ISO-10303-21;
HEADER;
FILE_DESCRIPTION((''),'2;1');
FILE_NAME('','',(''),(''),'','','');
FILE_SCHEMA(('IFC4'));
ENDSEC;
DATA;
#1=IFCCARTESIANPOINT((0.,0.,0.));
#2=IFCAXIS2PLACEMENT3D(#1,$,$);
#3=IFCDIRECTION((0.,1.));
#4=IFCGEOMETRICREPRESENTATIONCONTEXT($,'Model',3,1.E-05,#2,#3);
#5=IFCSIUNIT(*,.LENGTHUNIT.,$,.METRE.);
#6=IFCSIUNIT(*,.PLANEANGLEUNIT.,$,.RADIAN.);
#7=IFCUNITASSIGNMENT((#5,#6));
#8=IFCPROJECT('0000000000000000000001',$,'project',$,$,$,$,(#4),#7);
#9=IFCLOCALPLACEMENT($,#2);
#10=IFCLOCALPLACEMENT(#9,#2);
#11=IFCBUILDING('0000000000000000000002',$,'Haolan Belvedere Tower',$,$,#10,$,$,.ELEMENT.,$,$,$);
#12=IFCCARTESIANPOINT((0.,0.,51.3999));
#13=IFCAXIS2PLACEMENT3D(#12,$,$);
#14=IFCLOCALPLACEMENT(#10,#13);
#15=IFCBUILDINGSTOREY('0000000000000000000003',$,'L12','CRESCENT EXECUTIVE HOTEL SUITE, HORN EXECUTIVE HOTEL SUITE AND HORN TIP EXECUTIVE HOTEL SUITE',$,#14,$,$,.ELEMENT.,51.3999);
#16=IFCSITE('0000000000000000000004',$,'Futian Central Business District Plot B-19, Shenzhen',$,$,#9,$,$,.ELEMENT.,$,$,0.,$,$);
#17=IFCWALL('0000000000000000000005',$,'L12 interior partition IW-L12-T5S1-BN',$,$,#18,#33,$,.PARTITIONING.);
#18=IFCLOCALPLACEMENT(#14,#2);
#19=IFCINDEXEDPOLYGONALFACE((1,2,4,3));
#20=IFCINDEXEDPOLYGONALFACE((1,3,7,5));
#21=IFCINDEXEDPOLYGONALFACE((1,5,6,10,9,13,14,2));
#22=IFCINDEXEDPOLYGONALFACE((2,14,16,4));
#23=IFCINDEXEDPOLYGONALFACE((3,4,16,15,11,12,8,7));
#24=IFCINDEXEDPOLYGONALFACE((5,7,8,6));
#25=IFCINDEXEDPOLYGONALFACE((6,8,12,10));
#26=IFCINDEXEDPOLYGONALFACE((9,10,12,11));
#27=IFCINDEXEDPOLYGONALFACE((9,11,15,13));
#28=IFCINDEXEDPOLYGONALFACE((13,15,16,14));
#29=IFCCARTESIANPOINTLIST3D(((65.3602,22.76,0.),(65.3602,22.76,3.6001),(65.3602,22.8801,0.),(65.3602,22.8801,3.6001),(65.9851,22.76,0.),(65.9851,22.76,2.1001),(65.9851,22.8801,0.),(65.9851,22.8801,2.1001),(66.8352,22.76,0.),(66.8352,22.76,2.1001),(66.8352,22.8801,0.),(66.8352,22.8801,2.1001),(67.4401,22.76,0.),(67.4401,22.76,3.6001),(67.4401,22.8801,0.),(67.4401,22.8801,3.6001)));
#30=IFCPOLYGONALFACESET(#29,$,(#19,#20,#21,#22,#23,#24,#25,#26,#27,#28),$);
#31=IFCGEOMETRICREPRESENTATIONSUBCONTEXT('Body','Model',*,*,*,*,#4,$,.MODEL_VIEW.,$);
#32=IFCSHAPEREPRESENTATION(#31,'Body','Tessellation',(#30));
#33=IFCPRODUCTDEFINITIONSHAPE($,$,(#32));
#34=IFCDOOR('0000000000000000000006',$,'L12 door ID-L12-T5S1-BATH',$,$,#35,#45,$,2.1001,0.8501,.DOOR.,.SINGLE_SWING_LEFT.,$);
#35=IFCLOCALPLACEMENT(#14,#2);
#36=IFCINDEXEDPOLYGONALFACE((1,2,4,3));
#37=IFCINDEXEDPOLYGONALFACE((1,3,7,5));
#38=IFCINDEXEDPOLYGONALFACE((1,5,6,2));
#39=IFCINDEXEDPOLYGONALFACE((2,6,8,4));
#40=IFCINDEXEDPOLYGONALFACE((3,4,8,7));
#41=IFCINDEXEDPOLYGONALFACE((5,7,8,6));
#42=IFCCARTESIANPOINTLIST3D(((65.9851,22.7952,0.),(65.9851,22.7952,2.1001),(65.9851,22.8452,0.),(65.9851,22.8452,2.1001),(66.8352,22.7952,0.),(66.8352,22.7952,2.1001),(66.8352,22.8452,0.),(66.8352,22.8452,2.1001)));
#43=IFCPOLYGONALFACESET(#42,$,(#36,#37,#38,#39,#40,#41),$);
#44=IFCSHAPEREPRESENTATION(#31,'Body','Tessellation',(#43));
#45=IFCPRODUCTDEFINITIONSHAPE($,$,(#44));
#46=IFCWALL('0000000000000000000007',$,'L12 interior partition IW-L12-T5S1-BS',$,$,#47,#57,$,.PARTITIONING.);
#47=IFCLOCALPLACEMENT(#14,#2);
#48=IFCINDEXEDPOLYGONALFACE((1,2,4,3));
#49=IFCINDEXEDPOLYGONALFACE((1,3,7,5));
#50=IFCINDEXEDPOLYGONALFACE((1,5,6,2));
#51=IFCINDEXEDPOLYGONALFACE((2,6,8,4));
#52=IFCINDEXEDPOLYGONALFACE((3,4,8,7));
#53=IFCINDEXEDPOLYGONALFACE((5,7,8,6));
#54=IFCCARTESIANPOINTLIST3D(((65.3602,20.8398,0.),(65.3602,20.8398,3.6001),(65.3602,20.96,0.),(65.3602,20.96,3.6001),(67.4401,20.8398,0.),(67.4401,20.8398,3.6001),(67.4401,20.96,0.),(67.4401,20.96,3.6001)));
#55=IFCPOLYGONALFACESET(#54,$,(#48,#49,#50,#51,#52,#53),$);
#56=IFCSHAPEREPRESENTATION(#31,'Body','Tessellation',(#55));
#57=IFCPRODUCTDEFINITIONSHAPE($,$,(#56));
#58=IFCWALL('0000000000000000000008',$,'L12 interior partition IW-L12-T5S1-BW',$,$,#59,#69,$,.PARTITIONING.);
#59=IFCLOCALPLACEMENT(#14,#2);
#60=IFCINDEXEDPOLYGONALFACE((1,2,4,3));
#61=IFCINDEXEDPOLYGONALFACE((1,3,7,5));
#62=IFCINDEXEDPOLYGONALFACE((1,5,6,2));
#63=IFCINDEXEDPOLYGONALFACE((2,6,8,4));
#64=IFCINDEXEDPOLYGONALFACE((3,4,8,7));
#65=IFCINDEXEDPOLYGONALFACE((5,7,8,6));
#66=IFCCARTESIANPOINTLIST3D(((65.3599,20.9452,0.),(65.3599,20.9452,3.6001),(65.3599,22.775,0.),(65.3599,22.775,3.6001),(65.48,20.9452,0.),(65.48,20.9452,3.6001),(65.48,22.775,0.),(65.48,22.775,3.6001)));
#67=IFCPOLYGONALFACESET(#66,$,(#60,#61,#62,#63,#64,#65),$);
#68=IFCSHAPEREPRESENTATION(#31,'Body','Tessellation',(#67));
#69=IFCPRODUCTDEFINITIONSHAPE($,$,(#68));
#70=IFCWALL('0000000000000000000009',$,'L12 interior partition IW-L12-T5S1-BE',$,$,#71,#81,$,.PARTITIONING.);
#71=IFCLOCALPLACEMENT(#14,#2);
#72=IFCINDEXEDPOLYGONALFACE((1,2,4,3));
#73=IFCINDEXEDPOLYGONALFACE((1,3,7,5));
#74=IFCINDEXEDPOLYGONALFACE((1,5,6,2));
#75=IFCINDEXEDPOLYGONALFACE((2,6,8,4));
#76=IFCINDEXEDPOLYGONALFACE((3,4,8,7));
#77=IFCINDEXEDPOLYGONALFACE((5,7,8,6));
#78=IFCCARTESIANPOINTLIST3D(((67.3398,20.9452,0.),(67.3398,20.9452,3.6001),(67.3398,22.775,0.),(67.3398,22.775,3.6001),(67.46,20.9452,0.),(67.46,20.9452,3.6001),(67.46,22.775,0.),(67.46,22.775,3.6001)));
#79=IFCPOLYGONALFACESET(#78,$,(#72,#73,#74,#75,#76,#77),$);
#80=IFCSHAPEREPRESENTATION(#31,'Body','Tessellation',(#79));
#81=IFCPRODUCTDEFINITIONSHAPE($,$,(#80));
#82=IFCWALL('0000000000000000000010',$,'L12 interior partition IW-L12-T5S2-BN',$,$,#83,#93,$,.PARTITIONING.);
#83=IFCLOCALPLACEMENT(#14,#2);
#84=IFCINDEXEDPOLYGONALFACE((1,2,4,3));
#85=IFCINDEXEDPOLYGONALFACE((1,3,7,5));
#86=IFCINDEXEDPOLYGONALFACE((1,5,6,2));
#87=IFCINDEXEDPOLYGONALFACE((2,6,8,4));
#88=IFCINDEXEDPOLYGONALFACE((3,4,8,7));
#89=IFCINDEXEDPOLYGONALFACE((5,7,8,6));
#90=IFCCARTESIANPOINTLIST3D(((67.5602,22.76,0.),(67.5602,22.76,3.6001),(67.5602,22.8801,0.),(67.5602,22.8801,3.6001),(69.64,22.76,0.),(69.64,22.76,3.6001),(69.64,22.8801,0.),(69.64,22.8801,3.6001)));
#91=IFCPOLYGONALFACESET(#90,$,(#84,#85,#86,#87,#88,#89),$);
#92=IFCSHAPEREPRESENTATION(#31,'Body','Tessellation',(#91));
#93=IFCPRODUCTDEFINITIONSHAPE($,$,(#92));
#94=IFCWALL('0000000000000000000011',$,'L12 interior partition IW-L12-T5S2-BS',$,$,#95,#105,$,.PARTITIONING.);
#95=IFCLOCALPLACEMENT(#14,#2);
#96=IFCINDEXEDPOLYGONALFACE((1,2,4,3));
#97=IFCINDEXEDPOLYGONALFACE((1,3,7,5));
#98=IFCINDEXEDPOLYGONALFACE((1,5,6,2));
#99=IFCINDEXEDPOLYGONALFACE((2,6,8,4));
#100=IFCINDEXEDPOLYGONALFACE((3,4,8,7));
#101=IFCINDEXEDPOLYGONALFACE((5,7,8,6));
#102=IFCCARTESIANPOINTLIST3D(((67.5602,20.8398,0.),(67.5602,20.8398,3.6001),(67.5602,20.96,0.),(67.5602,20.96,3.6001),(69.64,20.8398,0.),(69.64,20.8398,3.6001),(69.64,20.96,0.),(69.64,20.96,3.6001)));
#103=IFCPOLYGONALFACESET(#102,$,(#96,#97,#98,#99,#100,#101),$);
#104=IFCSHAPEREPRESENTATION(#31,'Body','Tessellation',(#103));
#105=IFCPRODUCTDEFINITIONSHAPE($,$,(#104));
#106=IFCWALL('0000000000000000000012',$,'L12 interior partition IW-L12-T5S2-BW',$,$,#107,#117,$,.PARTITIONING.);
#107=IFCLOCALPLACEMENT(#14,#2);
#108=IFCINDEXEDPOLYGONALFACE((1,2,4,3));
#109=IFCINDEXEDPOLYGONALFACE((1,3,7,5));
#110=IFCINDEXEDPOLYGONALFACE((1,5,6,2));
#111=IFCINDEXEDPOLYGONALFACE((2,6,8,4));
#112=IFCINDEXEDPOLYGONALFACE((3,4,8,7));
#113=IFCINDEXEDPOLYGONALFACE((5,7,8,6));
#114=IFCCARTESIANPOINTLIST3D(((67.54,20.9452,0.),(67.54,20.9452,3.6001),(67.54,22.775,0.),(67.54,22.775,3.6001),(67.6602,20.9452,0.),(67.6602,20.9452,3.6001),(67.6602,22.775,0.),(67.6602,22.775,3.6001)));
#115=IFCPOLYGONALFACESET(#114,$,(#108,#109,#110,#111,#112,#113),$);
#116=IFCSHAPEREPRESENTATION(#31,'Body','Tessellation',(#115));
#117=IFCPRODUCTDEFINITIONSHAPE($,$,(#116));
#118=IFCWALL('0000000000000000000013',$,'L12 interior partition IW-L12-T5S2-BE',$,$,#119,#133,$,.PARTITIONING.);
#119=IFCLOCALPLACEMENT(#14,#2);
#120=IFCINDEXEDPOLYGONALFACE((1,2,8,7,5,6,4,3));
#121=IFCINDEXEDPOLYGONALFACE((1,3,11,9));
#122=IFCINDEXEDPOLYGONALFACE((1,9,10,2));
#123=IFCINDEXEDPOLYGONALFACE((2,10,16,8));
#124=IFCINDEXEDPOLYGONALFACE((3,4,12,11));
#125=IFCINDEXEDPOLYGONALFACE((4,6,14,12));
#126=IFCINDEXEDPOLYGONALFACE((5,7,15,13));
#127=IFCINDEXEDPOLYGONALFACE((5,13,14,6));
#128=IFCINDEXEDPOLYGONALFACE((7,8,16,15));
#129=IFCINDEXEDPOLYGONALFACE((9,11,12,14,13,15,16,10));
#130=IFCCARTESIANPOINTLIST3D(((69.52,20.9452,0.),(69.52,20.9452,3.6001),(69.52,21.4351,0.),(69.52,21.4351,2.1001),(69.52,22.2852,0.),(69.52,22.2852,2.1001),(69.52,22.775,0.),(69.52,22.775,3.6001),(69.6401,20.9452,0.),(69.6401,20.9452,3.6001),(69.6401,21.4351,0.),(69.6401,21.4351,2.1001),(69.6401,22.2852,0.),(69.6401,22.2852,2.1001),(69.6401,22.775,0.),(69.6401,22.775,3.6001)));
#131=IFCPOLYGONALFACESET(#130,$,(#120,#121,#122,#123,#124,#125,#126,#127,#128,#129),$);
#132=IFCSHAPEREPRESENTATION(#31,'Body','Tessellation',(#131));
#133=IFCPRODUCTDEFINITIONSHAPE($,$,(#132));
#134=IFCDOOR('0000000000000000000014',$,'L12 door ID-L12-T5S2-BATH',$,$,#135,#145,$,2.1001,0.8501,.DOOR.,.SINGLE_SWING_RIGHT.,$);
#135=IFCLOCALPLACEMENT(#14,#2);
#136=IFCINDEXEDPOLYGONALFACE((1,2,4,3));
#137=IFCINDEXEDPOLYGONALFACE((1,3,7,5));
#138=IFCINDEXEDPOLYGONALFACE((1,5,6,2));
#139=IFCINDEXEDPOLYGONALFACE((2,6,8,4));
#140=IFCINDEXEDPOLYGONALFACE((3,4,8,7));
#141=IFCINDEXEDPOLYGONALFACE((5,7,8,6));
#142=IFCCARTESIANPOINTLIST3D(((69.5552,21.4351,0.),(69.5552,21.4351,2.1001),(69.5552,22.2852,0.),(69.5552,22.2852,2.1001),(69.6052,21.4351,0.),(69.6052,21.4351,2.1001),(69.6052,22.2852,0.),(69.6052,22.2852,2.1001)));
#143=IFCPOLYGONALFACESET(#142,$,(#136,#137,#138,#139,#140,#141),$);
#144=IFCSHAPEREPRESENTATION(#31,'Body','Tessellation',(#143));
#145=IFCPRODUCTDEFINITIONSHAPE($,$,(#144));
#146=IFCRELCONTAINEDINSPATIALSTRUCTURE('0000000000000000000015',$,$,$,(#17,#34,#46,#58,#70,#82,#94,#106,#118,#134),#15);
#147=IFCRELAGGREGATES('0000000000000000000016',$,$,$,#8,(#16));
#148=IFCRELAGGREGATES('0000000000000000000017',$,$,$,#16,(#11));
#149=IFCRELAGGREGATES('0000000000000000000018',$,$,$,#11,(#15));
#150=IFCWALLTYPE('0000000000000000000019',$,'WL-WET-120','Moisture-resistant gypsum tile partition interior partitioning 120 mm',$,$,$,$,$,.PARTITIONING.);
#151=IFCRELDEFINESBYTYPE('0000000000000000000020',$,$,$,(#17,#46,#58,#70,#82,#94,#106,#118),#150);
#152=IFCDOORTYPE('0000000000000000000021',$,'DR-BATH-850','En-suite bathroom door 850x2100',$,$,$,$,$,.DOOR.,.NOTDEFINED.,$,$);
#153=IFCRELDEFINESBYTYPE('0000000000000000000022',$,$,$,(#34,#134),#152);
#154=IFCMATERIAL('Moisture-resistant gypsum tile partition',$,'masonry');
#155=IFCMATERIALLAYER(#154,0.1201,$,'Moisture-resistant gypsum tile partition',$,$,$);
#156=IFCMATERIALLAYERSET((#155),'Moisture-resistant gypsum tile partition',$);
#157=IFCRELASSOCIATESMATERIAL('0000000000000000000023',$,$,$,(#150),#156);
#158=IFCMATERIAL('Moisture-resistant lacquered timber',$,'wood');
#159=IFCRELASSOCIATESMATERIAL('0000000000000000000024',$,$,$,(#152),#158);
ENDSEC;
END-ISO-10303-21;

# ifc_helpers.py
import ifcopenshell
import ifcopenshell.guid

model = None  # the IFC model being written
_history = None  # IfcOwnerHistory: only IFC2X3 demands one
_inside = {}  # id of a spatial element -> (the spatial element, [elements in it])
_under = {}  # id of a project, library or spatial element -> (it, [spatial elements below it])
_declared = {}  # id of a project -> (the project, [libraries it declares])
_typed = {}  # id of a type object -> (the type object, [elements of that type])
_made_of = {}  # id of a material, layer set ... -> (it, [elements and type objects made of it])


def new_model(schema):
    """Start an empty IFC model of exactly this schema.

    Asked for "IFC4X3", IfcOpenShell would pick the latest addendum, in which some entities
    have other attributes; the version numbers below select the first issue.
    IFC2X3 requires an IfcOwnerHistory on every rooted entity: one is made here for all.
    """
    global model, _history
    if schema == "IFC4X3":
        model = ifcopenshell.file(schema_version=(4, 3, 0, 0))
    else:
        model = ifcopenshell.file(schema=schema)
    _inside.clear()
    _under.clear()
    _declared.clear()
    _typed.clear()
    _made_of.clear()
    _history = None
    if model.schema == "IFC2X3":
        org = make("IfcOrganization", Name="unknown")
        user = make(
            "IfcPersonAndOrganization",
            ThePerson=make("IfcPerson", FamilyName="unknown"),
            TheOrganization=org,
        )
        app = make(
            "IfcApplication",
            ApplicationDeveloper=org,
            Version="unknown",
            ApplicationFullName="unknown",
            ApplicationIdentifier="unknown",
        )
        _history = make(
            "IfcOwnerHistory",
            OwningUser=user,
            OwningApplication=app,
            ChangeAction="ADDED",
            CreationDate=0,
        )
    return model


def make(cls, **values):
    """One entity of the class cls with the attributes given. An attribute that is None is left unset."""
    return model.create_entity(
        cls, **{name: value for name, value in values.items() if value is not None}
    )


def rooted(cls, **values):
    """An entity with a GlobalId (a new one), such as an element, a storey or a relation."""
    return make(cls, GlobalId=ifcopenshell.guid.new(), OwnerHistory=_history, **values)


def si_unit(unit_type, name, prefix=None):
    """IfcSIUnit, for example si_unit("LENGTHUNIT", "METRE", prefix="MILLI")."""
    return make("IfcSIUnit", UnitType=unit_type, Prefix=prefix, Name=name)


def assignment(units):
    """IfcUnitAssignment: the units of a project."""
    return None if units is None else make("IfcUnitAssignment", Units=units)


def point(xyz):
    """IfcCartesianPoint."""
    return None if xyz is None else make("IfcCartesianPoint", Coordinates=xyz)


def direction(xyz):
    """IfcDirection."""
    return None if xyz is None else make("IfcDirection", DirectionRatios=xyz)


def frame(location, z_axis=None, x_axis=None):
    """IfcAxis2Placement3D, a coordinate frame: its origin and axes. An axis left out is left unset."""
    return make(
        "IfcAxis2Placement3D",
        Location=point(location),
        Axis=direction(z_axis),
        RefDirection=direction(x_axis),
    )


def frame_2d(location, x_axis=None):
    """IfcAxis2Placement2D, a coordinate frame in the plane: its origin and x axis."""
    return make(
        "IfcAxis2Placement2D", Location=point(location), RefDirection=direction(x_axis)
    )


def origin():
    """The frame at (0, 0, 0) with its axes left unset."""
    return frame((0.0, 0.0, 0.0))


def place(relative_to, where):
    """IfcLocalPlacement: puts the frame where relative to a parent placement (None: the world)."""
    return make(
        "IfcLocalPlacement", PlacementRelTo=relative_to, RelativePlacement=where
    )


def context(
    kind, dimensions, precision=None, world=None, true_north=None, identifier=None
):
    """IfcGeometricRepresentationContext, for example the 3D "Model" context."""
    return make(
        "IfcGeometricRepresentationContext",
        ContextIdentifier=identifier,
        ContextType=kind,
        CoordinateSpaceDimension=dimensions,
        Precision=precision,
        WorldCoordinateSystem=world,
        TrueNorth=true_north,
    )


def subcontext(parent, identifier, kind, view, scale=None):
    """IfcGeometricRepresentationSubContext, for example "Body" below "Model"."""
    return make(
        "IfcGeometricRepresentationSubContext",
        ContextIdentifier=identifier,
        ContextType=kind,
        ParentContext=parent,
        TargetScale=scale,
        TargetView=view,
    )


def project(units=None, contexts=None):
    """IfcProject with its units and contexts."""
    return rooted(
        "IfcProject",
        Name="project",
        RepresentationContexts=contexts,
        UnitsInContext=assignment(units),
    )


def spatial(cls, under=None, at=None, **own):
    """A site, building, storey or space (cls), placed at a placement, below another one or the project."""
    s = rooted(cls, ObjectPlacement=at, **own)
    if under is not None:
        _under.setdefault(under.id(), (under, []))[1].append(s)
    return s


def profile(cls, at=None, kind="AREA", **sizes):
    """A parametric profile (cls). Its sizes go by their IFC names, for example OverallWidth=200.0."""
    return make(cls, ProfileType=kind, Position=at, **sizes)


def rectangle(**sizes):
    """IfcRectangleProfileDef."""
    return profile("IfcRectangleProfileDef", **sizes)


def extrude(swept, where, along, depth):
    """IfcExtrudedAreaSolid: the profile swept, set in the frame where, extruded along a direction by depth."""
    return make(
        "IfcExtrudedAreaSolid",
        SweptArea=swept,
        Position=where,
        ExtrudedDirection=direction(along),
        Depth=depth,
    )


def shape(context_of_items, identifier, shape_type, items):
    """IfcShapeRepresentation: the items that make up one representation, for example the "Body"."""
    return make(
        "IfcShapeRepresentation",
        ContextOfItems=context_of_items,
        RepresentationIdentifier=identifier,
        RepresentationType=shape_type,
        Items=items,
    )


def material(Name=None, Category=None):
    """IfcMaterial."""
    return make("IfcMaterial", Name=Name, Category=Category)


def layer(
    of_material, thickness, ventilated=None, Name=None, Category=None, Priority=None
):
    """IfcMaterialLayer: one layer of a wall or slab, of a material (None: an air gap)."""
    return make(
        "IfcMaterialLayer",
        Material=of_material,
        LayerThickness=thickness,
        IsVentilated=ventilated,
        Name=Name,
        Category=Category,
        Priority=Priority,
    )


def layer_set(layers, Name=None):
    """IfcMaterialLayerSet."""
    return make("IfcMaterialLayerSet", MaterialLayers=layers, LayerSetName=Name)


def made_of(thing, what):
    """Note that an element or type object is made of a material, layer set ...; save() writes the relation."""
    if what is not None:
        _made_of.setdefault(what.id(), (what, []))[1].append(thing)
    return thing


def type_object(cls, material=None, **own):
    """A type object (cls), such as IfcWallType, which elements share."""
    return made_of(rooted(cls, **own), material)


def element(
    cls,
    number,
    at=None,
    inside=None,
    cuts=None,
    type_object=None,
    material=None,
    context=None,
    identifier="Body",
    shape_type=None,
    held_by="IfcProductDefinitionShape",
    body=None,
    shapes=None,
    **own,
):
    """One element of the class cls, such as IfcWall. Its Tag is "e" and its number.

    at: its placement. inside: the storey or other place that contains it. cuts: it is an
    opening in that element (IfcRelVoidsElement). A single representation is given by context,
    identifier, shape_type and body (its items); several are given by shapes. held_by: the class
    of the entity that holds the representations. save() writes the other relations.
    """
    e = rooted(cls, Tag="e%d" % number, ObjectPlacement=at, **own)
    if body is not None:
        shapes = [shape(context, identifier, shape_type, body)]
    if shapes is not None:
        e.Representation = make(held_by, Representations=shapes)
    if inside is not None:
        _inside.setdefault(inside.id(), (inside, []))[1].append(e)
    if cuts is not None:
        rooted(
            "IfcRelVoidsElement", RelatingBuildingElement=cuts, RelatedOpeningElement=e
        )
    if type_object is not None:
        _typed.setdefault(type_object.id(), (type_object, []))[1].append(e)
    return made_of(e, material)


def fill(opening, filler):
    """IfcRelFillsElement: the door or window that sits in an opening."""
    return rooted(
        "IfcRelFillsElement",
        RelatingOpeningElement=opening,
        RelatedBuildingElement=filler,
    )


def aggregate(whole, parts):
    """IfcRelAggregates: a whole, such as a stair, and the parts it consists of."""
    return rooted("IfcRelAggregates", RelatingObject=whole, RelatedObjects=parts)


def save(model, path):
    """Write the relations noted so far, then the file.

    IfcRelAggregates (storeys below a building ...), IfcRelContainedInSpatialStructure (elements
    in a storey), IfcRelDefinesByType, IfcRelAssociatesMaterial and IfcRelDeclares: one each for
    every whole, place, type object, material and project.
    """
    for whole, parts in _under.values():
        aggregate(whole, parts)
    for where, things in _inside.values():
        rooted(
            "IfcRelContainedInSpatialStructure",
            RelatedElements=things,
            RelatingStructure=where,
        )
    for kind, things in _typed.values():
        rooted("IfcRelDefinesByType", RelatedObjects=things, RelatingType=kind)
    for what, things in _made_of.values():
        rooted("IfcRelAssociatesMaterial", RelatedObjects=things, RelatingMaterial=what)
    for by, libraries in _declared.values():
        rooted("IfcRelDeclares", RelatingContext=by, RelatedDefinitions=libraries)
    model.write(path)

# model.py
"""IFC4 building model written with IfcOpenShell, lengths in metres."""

from ifc_helpers import new_model, si_unit, direction, frame, frame_2d, origin, place, context, subcontext, project, spatial, rectangle, extrude, material, layer, layer_set, type_object, element, fill, save


model = new_model("IFC4")

# Units and contexts
model_context = context("Model", 3, precision=1e-05, world=origin(), true_north=direction((0.0, 1.0)))
body_context = subcontext(model_context, "Body", "Model", "MODEL_VIEW")
ifc_project = project(units=[si_unit("LENGTHUNIT", "METRE"), si_unit("PLANEANGLEUNIT", "RADIAN")], contexts=[model_context])

# Site, building, storey
site_placement = place(None, origin())
site = spatial("IfcSite", under=ifc_project, at=site_placement, Name="Futian Central Business District Plot B-19, Shenzhen", CompositionType="ELEMENT", RefElevation=0.0)
building_placement = place(site_placement, origin())
building = spatial("IfcBuilding", under=site, at=building_placement, Name="Haolan Belvedere Tower", CompositionType="ELEMENT")
storey_placement = place(building_placement, frame((0.0, 0.0, 51.3999)))
storey = spatial("IfcBuildingStorey", under=building, at=storey_placement, Name="L12", Description="CRESCENT EXECUTIVE HOTEL SUITE, HORN EXECUTIVE HOTEL SUITE AND HORN TIP EXECUTIVE HOTEL SUITE", CompositionType="ELEMENT", Elevation=51.3999)

# Wall, opening, door
ifc_material_1 = material(Name="Moisture-resistant gypsum tile partition", Category="masonry")
ifc_layer_1 = layer(ifc_material_1, 0.1201, Name="Moisture-resistant gypsum tile partition")
ifc_layer_set_1 = layer_set([ifc_layer_1], Name="Moisture-resistant gypsum tile partition")
wall_type_1 = type_object("IfcWallType", Name="WL-WET-120", Description="Moisture-resistant gypsum tile partition interior partitioning 120 mm", PredefinedType="PARTITIONING", material=ifc_layer_set_1)
wall_1_placement = place(storey_placement, frame((65.3601, 22.8201, 0.0), z_axis=(0.0, 0.0, 1.0), x_axis=(1.0, 0.0, 0.0)))
wall_1 = element("IfcWall", 1, at=wall_1_placement, inside=storey, type_object=wall_type_1, Name="L12 interior partition IW-L12-T5S1-BN", PredefinedType="PARTITIONING", context=body_context, shape_type="SweptSolid", body=[
    extrude(rectangle(XDim=2.0798, YDim=0.1201, at=frame_2d((1.04, 0.0))), origin(), (0.0, 0.0, 1.0), 3.6001),
])
opening_1_placement = place(wall_1_placement, frame((1.4751, 0.0, 0.0), z_axis=(0.0, 0.0, 1.0), x_axis=(-1.0, 0.0, 0.0)))
opening_1 = element("IfcOpeningElement", 2, at=opening_1_placement, cuts=wall_1, PredefinedType="OPENING", context=body_context, shape_type="SweptSolid", body=[
    extrude(rectangle(XDim=0.8501, YDim=2.1001, at=frame_2d((0.425, 1.05))), frame((0.0, 0.0701, 0.0), z_axis=(0.0, -1.0, 0.0), x_axis=(1.0, 0.0, 0.0)), (0.0, 0.0, 1.0), 0.1401),
])
ifc_material_2 = material(Name="Moisture-resistant lacquered timber", Category="wood")
door_type_1 = type_object("IfcDoorType", Name="DR-BATH-850", Description="En-suite bathroom door 850x2100", OperationType="NOTDEFINED", PredefinedType="DOOR", material=ifc_material_2)
door_1_placement = place(opening_1_placement, origin())
door_1 = element("IfcDoor", 3, at=door_1_placement, inside=storey, type_object=door_type_1, Name="L12 door ID-L12-T5S1-BATH", OperationType="SINGLE_SWING_LEFT", OverallHeight=2.1001, OverallWidth=0.8501, PredefinedType="DOOR", context=body_context, shape_type="SweptSolid", body=[
    extrude(rectangle(XDim=0.8501, YDim=2.1001, at=frame_2d((0.425, 1.05))), frame((0.0, 0.0249, 0.0), z_axis=(0.0, -1.0, 0.0), x_axis=(1.0, 0.0, 0.0)), (0.0, 0.0, 1.0), 0.05),
])
fill(opening_1, door_1)

# Walls
wall_2_placement = place(storey_placement, frame((65.3601, 20.8999, 0.0), z_axis=(0.0, 0.0, 1.0), x_axis=(1.0, 0.0, 0.0)))
element("IfcWall", 4, at=wall_2_placement, inside=storey, type_object=wall_type_1, Name="L12 interior partition IW-L12-T5S1-BS", PredefinedType="PARTITIONING", context=body_context, shape_type="SweptSolid", body=[
    extrude(rectangle(XDim=2.0798, YDim=0.1201, at=frame_2d((1.04, 0.0))), origin(), (0.0, 0.0, 1.0), 3.6001),
])
for number, where, z_axis, x_axis, name in (
    (5, (65.4199, 20.9451, 0.0), (0.0, 0.0, 1.0), (0.0, 1.0, 0.0), "L12 interior partition IW-L12-T5S1-BW"),
    (6, (67.3999, 20.9451, 0.0), (0.0, 0.0, 1.0), (0.0, 1.0, 0.0), "L12 interior partition IW-L12-T5S1-BE"),
):
    element("IfcWall", number, at=place(storey_placement, frame(where, z_axis=z_axis, x_axis=x_axis)), inside=storey, type_object=wall_type_1, Name=name, PredefinedType="PARTITIONING", context=body_context, shape_type="SweptSolid", body=[
        extrude(rectangle(XDim=1.8298, YDim=0.1201, at=frame_2d((0.915, 0.0))), origin(), (0.0, 0.0, 1.0), 3.6001),
    ])
for number, where, z_axis, x_axis, name in (
    (7, (67.5601, 22.8201, 0.0), (0.0, 0.0, 1.0), (1.0, 0.0, 0.0), "L12 interior partition IW-L12-T5S2-BN"),
    (8, (67.5601, 20.8999, 0.0), (0.0, 0.0, 1.0), (1.0, 0.0, 0.0), "L12 interior partition IW-L12-T5S2-BS"),
):
    element("IfcWall", number, at=place(storey_placement, frame(where, z_axis=z_axis, x_axis=x_axis)), inside=storey, type_object=wall_type_1, Name=name, PredefinedType="PARTITIONING", context=body_context, shape_type="SweptSolid", body=[
        extrude(rectangle(XDim=2.0798, YDim=0.1201, at=frame_2d((1.04, 0.0))), origin(), (0.0, 0.0, 1.0), 3.6001),
    ])
wall_3_placement = place(storey_placement, frame((67.6001, 20.9451, 0.0), z_axis=(0.0, 0.0, 1.0), x_axis=(0.0, 1.0, 0.0)))
element("IfcWall", 9, at=wall_3_placement, inside=storey, type_object=wall_type_1, Name="L12 interior partition IW-L12-T5S2-BW", PredefinedType="PARTITIONING", context=body_context, shape_type="SweptSolid", body=[
    extrude(rectangle(XDim=1.8298, YDim=0.1201, at=frame_2d((0.915, 0.0))), origin(), (0.0, 0.0, 1.0), 3.6001),
])

# Wall, opening, door
wall_4_placement = place(storey_placement, frame((69.5801, 20.9451, 0.0), z_axis=(0.0, 0.0, 1.0), x_axis=(0.0, 1.0, 0.0)))
wall_4 = element("IfcWall", 10, at=wall_4_placement, inside=storey, type_object=wall_type_1, Name="L12 interior partition IW-L12-T5S2-BE", PredefinedType="PARTITIONING", context=body_context, shape_type="SweptSolid", body=[
    extrude(rectangle(XDim=1.8298, YDim=0.1201, at=frame_2d((0.915, 0.0))), origin(), (0.0, 0.0, 1.0), 3.6001),
])
opening_2_placement = place(wall_4_placement, frame((0.49, 0.0, 0.0)))
opening_2 = element("IfcOpeningElement", 11, at=opening_2_placement, cuts=wall_4, PredefinedType="OPENING", context=body_context, shape_type="SweptSolid", body=[
    extrude(rectangle(XDim=0.8501, YDim=2.1001, at=frame_2d((0.425, 1.05))), frame((0.0, 0.0701, 0.0), z_axis=(0.0, -1.0, 0.0), x_axis=(1.0, 0.0, 0.0)), (0.0, 0.0, 1.0), 0.1401),
])
door_2_placement = place(opening_2_placement, origin())
door_2 = element("IfcDoor", 12, at=door_2_placement, inside=storey, type_object=door_type_1, Name="L12 door ID-L12-T5S2-BATH", OperationType="SINGLE_SWING_RIGHT", OverallHeight=2.1001, OverallWidth=0.8501, PredefinedType="DOOR", context=body_context, shape_type="SweptSolid", body=[
    extrude(rectangle(XDim=0.8501, YDim=2.1001, at=frame_2d((0.425, 1.05))), frame((0.0, 0.0249, 0.0), z_axis=(0.0, -1.0, 0.0), x_axis=(1.0, 0.0, 0.0)), (0.0, 0.0, 1.0), 0.05),
])
fill(opening_2, door_2)

save(model, "model.ifc")
